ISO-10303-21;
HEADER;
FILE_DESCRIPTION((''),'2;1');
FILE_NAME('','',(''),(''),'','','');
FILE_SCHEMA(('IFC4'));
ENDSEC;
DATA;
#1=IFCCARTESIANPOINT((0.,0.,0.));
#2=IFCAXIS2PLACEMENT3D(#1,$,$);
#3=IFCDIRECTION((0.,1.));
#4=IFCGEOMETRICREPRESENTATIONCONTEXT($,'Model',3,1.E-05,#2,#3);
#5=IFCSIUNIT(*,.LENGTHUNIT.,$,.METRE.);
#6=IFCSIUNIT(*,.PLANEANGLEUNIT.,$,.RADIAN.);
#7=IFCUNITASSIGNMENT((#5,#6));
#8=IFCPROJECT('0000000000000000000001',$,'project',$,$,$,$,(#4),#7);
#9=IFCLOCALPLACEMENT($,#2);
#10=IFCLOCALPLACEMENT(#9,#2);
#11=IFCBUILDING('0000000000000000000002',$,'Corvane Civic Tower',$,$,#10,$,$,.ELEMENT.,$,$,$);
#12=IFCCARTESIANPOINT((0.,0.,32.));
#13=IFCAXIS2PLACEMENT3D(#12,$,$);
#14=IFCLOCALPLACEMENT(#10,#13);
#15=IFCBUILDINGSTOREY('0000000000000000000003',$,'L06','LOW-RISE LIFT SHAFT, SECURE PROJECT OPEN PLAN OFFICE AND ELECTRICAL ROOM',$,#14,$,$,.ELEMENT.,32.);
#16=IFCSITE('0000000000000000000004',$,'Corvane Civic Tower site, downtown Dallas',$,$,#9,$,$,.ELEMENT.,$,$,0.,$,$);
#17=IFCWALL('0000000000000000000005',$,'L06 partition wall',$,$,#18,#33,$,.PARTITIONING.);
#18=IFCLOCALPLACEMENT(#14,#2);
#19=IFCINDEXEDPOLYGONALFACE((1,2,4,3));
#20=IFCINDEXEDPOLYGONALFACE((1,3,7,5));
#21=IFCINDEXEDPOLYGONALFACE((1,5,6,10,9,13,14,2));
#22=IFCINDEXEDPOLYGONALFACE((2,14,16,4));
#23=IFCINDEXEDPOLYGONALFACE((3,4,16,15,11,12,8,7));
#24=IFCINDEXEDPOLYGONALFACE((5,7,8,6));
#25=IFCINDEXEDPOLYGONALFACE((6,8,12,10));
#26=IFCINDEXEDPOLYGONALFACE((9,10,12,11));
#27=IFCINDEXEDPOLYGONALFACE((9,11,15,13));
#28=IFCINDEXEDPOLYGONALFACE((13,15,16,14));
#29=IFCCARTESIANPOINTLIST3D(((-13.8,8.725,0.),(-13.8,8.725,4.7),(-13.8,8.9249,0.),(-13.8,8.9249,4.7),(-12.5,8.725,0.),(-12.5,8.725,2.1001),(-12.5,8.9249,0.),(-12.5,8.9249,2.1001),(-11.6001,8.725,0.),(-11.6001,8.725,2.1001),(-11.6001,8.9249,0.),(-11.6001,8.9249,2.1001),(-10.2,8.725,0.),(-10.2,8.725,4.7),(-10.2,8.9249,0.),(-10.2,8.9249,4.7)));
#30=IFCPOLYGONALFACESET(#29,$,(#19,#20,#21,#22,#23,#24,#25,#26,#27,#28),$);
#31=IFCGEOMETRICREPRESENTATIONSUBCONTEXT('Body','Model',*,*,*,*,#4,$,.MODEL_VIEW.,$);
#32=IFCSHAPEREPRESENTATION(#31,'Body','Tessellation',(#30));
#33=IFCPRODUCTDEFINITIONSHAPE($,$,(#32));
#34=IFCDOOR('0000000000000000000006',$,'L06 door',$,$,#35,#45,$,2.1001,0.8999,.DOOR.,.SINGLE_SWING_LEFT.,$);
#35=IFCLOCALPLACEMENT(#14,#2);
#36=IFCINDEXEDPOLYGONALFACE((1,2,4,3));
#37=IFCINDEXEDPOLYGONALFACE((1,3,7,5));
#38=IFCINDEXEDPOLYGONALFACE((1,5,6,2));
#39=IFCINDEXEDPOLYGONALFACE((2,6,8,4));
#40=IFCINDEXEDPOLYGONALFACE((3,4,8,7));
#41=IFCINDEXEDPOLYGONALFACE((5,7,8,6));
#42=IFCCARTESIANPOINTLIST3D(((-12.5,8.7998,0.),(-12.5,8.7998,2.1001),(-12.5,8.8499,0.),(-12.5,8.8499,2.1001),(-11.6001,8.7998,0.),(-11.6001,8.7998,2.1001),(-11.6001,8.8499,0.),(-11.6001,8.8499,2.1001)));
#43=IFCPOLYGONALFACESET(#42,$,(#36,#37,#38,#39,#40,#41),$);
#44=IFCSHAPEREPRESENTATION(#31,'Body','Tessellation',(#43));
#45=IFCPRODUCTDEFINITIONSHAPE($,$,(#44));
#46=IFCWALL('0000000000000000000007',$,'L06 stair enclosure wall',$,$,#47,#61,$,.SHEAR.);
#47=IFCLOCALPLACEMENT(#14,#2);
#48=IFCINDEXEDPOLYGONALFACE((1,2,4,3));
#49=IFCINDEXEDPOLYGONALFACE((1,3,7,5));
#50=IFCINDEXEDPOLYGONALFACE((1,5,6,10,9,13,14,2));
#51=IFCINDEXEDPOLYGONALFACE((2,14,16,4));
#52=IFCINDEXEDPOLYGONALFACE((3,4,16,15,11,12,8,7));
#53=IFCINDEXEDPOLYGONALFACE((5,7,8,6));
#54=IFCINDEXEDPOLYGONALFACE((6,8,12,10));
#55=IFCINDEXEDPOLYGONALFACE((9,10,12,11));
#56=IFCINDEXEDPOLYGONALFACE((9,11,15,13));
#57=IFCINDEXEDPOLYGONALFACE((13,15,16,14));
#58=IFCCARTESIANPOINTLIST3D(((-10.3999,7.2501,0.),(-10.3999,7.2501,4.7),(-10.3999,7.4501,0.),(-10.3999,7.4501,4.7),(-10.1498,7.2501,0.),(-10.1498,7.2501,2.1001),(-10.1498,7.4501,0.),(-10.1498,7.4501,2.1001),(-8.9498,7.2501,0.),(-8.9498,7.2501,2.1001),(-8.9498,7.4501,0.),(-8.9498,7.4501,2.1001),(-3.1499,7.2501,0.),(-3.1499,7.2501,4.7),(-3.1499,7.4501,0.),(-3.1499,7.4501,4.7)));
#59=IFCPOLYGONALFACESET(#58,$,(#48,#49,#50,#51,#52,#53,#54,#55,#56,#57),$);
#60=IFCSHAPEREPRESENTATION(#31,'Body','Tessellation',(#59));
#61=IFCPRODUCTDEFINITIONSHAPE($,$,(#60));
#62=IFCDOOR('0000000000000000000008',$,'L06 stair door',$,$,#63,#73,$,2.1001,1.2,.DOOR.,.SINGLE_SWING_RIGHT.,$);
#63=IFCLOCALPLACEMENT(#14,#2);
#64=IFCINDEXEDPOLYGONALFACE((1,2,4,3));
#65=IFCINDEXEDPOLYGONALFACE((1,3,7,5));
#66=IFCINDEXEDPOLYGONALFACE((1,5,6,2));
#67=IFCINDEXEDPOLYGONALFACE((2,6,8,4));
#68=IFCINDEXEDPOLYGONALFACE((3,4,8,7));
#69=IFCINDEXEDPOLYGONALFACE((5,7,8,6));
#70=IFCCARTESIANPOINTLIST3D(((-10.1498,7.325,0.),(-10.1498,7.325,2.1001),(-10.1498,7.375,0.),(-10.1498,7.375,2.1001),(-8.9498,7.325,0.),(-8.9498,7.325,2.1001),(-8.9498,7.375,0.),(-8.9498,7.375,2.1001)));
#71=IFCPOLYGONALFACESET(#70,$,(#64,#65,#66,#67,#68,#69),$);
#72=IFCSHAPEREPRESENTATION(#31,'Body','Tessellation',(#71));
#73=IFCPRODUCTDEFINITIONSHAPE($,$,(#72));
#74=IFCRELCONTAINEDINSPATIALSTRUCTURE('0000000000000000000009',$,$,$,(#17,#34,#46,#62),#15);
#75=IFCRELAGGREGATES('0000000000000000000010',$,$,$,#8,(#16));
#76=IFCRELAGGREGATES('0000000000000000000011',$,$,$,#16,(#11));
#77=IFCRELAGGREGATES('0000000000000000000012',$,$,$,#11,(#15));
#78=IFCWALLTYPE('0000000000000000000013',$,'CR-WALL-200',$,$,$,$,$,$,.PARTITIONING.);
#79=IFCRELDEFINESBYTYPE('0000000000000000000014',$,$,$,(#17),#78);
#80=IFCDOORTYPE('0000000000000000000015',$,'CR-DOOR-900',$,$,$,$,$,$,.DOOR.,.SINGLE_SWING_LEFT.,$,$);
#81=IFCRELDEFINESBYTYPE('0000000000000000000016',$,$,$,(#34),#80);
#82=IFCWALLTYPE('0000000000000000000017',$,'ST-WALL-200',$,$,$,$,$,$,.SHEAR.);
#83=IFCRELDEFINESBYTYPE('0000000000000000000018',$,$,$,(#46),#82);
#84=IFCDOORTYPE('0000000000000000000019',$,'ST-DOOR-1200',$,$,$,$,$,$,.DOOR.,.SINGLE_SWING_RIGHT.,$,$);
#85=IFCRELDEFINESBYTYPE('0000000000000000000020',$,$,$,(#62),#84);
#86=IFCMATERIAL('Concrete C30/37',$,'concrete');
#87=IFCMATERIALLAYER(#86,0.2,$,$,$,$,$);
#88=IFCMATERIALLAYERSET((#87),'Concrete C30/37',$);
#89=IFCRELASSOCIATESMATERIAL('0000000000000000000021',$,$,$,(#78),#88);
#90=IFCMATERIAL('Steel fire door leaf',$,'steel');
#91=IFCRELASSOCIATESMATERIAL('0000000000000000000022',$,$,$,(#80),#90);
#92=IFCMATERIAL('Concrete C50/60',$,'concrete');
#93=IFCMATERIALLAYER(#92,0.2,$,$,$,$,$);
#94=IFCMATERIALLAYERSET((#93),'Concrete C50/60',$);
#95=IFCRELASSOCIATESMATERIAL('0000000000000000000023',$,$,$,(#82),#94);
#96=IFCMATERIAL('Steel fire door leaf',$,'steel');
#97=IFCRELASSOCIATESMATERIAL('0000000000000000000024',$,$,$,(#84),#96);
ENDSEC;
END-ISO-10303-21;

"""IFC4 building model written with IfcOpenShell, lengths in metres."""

from ifc_helpers import new_model, si_unit, direction, frame, frame_2d, origin, place, context, subcontext, project, spatial, rectangle, extrude, material, layer, layer_set, type_object, element, fill, save


model = new_model("IFC4")

# Units and contexts
model_context = context("Model", 3, precision=1e-05, world=origin(), true_north=direction((0.0, 1.0)))
body_context = subcontext(model_context, "Body", "Model", "MODEL_VIEW")
ifc_project = project(units=[si_unit("LENGTHUNIT", "METRE"), si_unit("PLANEANGLEUNIT", "RADIAN")], contexts=[model_context])

# Site, building, storey
site_placement = place(None, origin())
site = spatial("IfcSite", under=ifc_project, at=site_placement, Name="Corvane Civic Tower site, downtown Dallas", CompositionType="ELEMENT", RefElevation=0.0)
building_placement = place(site_placement, origin())
building = spatial("IfcBuilding", under=site, at=building_placement, Name="Corvane Civic Tower", CompositionType="ELEMENT")
storey_placement = place(building_placement, frame((0.0, 0.0, 32.0)))
storey = spatial("IfcBuildingStorey", under=building, at=storey_placement, Name="L06", Description="LOW-RISE LIFT SHAFT, SECURE PROJECT OPEN PLAN OFFICE AND ELECTRICAL ROOM", CompositionType="ELEMENT", Elevation=32.0)

# Shared definitions
ifc_material_1 = material(Name="Concrete C30/37", Category="concrete")
ifc_layer_1 = layer(ifc_material_1, 0.2)
ifc_layer_set_1 = layer_set([ifc_layer_1], Name="Concrete C30/37")
wall_type_1 = type_object("IfcWallType", Name="CR-WALL-200", PredefinedType="PARTITIONING", material=ifc_layer_set_1)

# Walls, openings, doors
ifc_material_2 = material(Name="Steel fire door leaf", Category="steel")
door_type_1 = type_object("IfcDoorType", Name="CR-DOOR-900", OperationType="SINGLE_SWING_LEFT", PredefinedType="DOOR", material=ifc_material_2)
wall_1_placement = place(storey_placement, frame((-13.8, 8.825, 0.0), z_axis=(0.0, 0.0, 1.0), x_axis=(1.0, 0.0, 0.0)))
wall_1 = element("IfcWall", 1, at=wall_1_placement, inside=storey, type_object=wall_type_1, Name="L06 partition wall", PredefinedType="PARTITIONING", context=body_context, shape_type="SweptSolid", body=[
    extrude(rectangle(XDim=3.6001, YDim=0.2, at=frame_2d((1.8, 0.0))), origin(), (0.0, 0.0, 1.0), 4.7),
])
opening_1_placement = place(wall_1_placement, frame((1.3, 0.0, 0.0)))
opening_1 = element("IfcOpeningElement", 2, at=opening_1_placement, cuts=wall_1, PredefinedType="OPENING", context=body_context, shape_type="SweptSolid", body=[
    extrude(rectangle(XDim=0.8999, YDim=2.1001, at=frame_2d((0.45, 1.05))), frame((0.0, 0.1099, 0.0), z_axis=(0.0, -1.0, 0.0), x_axis=(1.0, 0.0, 0.0)), (0.0, 0.0, 1.0), 0.22),
])
door_1_placement = place(opening_1_placement, origin())
door_1 = element("IfcDoor", 3, at=door_1_placement, inside=storey, type_object=door_type_1, Name="L06 door", OperationType="SINGLE_SWING_LEFT", OverallHeight=2.1001, OverallWidth=0.8999, PredefinedType="DOOR", context=body_context, shape_type="SweptSolid", body=[
    extrude(rectangle(XDim=0.8999, YDim=2.1001, at=frame_2d((0.45, 1.05))), frame((0.0, 0.0249, 0.0), z_axis=(0.0, -1.0, 0.0), x_axis=(1.0, 0.0, 0.0)), (0.0, 0.0, 1.0), 0.05),
])
fill(opening_1, door_1)
ifc_material_3 = material(Name="Concrete C50/60", Category="concrete")
ifc_layer_2 = layer(ifc_material_3, 0.2)
ifc_layer_set_2 = layer_set([ifc_layer_2], Name="Concrete C50/60")
wall_type_2 = type_object("IfcWallType", Name="ST-WALL-200", PredefinedType="SHEAR", material=ifc_layer_set_2)
wall_2_placement = place(storey_placement, frame((-10.3999, 7.3501, 0.0), z_axis=(0.0, 0.0, 1.0), x_axis=(1.0, 0.0, 0.0)))
wall_2 = element("IfcWall", 4, at=wall_2_placement, inside=storey, type_object=wall_type_2, Name="L06 stair enclosure wall", PredefinedType="SHEAR", context=body_context, shape_type="SweptSolid", body=[
    extrude(rectangle(XDim=7.25, YDim=0.2, at=frame_2d((3.625, 0.0))), origin(), (0.0, 0.0, 1.0), 4.7),
])
opening_2_placement = place(wall_2_placement, frame((0.25, 0.0, 0.0)))
opening_2 = element("IfcOpeningElement", 5, at=opening_2_placement, cuts=wall_2, PredefinedType="OPENING", context=body_context, shape_type="SweptSolid", body=[
    extrude(rectangle(XDim=1.2, YDim=2.1001, at=frame_2d((0.6001, 1.05))), frame((0.0, 0.1099, 0.0), z_axis=(0.0, -1.0, 0.0), x_axis=(1.0, 0.0, 0.0)), (0.0, 0.0, 1.0), 0.22),
])
ifc_material_4 = material(Name="Steel fire door leaf", Category="steel")
door_type_2 = type_object("IfcDoorType", Name="ST-DOOR-1200", OperationType="SINGLE_SWING_RIGHT", PredefinedType="DOOR", material=ifc_material_4)
door_2_placement = place(opening_2_placement, origin())
door_2 = element("IfcDoor", 6, at=door_2_placement, inside=storey, type_object=door_type_2, Name="L06 stair door", OperationType="SINGLE_SWING_RIGHT", OverallHeight=2.1001, OverallWidth=1.2, PredefinedType="DOOR", context=body_context, shape_type="SweptSolid", body=[
    extrude(rectangle(XDim=1.2, YDim=2.1001, at=frame_2d((0.6001, 1.05))), frame((0.0, 0.0249, 0.0), z_axis=(0.0, -1.0, 0.0), x_axis=(1.0, 0.0, 0.0)), (0.0, 0.0, 1.0), 0.05),
])
fill(opening_2, door_2)

save(model, "model.ifc")
